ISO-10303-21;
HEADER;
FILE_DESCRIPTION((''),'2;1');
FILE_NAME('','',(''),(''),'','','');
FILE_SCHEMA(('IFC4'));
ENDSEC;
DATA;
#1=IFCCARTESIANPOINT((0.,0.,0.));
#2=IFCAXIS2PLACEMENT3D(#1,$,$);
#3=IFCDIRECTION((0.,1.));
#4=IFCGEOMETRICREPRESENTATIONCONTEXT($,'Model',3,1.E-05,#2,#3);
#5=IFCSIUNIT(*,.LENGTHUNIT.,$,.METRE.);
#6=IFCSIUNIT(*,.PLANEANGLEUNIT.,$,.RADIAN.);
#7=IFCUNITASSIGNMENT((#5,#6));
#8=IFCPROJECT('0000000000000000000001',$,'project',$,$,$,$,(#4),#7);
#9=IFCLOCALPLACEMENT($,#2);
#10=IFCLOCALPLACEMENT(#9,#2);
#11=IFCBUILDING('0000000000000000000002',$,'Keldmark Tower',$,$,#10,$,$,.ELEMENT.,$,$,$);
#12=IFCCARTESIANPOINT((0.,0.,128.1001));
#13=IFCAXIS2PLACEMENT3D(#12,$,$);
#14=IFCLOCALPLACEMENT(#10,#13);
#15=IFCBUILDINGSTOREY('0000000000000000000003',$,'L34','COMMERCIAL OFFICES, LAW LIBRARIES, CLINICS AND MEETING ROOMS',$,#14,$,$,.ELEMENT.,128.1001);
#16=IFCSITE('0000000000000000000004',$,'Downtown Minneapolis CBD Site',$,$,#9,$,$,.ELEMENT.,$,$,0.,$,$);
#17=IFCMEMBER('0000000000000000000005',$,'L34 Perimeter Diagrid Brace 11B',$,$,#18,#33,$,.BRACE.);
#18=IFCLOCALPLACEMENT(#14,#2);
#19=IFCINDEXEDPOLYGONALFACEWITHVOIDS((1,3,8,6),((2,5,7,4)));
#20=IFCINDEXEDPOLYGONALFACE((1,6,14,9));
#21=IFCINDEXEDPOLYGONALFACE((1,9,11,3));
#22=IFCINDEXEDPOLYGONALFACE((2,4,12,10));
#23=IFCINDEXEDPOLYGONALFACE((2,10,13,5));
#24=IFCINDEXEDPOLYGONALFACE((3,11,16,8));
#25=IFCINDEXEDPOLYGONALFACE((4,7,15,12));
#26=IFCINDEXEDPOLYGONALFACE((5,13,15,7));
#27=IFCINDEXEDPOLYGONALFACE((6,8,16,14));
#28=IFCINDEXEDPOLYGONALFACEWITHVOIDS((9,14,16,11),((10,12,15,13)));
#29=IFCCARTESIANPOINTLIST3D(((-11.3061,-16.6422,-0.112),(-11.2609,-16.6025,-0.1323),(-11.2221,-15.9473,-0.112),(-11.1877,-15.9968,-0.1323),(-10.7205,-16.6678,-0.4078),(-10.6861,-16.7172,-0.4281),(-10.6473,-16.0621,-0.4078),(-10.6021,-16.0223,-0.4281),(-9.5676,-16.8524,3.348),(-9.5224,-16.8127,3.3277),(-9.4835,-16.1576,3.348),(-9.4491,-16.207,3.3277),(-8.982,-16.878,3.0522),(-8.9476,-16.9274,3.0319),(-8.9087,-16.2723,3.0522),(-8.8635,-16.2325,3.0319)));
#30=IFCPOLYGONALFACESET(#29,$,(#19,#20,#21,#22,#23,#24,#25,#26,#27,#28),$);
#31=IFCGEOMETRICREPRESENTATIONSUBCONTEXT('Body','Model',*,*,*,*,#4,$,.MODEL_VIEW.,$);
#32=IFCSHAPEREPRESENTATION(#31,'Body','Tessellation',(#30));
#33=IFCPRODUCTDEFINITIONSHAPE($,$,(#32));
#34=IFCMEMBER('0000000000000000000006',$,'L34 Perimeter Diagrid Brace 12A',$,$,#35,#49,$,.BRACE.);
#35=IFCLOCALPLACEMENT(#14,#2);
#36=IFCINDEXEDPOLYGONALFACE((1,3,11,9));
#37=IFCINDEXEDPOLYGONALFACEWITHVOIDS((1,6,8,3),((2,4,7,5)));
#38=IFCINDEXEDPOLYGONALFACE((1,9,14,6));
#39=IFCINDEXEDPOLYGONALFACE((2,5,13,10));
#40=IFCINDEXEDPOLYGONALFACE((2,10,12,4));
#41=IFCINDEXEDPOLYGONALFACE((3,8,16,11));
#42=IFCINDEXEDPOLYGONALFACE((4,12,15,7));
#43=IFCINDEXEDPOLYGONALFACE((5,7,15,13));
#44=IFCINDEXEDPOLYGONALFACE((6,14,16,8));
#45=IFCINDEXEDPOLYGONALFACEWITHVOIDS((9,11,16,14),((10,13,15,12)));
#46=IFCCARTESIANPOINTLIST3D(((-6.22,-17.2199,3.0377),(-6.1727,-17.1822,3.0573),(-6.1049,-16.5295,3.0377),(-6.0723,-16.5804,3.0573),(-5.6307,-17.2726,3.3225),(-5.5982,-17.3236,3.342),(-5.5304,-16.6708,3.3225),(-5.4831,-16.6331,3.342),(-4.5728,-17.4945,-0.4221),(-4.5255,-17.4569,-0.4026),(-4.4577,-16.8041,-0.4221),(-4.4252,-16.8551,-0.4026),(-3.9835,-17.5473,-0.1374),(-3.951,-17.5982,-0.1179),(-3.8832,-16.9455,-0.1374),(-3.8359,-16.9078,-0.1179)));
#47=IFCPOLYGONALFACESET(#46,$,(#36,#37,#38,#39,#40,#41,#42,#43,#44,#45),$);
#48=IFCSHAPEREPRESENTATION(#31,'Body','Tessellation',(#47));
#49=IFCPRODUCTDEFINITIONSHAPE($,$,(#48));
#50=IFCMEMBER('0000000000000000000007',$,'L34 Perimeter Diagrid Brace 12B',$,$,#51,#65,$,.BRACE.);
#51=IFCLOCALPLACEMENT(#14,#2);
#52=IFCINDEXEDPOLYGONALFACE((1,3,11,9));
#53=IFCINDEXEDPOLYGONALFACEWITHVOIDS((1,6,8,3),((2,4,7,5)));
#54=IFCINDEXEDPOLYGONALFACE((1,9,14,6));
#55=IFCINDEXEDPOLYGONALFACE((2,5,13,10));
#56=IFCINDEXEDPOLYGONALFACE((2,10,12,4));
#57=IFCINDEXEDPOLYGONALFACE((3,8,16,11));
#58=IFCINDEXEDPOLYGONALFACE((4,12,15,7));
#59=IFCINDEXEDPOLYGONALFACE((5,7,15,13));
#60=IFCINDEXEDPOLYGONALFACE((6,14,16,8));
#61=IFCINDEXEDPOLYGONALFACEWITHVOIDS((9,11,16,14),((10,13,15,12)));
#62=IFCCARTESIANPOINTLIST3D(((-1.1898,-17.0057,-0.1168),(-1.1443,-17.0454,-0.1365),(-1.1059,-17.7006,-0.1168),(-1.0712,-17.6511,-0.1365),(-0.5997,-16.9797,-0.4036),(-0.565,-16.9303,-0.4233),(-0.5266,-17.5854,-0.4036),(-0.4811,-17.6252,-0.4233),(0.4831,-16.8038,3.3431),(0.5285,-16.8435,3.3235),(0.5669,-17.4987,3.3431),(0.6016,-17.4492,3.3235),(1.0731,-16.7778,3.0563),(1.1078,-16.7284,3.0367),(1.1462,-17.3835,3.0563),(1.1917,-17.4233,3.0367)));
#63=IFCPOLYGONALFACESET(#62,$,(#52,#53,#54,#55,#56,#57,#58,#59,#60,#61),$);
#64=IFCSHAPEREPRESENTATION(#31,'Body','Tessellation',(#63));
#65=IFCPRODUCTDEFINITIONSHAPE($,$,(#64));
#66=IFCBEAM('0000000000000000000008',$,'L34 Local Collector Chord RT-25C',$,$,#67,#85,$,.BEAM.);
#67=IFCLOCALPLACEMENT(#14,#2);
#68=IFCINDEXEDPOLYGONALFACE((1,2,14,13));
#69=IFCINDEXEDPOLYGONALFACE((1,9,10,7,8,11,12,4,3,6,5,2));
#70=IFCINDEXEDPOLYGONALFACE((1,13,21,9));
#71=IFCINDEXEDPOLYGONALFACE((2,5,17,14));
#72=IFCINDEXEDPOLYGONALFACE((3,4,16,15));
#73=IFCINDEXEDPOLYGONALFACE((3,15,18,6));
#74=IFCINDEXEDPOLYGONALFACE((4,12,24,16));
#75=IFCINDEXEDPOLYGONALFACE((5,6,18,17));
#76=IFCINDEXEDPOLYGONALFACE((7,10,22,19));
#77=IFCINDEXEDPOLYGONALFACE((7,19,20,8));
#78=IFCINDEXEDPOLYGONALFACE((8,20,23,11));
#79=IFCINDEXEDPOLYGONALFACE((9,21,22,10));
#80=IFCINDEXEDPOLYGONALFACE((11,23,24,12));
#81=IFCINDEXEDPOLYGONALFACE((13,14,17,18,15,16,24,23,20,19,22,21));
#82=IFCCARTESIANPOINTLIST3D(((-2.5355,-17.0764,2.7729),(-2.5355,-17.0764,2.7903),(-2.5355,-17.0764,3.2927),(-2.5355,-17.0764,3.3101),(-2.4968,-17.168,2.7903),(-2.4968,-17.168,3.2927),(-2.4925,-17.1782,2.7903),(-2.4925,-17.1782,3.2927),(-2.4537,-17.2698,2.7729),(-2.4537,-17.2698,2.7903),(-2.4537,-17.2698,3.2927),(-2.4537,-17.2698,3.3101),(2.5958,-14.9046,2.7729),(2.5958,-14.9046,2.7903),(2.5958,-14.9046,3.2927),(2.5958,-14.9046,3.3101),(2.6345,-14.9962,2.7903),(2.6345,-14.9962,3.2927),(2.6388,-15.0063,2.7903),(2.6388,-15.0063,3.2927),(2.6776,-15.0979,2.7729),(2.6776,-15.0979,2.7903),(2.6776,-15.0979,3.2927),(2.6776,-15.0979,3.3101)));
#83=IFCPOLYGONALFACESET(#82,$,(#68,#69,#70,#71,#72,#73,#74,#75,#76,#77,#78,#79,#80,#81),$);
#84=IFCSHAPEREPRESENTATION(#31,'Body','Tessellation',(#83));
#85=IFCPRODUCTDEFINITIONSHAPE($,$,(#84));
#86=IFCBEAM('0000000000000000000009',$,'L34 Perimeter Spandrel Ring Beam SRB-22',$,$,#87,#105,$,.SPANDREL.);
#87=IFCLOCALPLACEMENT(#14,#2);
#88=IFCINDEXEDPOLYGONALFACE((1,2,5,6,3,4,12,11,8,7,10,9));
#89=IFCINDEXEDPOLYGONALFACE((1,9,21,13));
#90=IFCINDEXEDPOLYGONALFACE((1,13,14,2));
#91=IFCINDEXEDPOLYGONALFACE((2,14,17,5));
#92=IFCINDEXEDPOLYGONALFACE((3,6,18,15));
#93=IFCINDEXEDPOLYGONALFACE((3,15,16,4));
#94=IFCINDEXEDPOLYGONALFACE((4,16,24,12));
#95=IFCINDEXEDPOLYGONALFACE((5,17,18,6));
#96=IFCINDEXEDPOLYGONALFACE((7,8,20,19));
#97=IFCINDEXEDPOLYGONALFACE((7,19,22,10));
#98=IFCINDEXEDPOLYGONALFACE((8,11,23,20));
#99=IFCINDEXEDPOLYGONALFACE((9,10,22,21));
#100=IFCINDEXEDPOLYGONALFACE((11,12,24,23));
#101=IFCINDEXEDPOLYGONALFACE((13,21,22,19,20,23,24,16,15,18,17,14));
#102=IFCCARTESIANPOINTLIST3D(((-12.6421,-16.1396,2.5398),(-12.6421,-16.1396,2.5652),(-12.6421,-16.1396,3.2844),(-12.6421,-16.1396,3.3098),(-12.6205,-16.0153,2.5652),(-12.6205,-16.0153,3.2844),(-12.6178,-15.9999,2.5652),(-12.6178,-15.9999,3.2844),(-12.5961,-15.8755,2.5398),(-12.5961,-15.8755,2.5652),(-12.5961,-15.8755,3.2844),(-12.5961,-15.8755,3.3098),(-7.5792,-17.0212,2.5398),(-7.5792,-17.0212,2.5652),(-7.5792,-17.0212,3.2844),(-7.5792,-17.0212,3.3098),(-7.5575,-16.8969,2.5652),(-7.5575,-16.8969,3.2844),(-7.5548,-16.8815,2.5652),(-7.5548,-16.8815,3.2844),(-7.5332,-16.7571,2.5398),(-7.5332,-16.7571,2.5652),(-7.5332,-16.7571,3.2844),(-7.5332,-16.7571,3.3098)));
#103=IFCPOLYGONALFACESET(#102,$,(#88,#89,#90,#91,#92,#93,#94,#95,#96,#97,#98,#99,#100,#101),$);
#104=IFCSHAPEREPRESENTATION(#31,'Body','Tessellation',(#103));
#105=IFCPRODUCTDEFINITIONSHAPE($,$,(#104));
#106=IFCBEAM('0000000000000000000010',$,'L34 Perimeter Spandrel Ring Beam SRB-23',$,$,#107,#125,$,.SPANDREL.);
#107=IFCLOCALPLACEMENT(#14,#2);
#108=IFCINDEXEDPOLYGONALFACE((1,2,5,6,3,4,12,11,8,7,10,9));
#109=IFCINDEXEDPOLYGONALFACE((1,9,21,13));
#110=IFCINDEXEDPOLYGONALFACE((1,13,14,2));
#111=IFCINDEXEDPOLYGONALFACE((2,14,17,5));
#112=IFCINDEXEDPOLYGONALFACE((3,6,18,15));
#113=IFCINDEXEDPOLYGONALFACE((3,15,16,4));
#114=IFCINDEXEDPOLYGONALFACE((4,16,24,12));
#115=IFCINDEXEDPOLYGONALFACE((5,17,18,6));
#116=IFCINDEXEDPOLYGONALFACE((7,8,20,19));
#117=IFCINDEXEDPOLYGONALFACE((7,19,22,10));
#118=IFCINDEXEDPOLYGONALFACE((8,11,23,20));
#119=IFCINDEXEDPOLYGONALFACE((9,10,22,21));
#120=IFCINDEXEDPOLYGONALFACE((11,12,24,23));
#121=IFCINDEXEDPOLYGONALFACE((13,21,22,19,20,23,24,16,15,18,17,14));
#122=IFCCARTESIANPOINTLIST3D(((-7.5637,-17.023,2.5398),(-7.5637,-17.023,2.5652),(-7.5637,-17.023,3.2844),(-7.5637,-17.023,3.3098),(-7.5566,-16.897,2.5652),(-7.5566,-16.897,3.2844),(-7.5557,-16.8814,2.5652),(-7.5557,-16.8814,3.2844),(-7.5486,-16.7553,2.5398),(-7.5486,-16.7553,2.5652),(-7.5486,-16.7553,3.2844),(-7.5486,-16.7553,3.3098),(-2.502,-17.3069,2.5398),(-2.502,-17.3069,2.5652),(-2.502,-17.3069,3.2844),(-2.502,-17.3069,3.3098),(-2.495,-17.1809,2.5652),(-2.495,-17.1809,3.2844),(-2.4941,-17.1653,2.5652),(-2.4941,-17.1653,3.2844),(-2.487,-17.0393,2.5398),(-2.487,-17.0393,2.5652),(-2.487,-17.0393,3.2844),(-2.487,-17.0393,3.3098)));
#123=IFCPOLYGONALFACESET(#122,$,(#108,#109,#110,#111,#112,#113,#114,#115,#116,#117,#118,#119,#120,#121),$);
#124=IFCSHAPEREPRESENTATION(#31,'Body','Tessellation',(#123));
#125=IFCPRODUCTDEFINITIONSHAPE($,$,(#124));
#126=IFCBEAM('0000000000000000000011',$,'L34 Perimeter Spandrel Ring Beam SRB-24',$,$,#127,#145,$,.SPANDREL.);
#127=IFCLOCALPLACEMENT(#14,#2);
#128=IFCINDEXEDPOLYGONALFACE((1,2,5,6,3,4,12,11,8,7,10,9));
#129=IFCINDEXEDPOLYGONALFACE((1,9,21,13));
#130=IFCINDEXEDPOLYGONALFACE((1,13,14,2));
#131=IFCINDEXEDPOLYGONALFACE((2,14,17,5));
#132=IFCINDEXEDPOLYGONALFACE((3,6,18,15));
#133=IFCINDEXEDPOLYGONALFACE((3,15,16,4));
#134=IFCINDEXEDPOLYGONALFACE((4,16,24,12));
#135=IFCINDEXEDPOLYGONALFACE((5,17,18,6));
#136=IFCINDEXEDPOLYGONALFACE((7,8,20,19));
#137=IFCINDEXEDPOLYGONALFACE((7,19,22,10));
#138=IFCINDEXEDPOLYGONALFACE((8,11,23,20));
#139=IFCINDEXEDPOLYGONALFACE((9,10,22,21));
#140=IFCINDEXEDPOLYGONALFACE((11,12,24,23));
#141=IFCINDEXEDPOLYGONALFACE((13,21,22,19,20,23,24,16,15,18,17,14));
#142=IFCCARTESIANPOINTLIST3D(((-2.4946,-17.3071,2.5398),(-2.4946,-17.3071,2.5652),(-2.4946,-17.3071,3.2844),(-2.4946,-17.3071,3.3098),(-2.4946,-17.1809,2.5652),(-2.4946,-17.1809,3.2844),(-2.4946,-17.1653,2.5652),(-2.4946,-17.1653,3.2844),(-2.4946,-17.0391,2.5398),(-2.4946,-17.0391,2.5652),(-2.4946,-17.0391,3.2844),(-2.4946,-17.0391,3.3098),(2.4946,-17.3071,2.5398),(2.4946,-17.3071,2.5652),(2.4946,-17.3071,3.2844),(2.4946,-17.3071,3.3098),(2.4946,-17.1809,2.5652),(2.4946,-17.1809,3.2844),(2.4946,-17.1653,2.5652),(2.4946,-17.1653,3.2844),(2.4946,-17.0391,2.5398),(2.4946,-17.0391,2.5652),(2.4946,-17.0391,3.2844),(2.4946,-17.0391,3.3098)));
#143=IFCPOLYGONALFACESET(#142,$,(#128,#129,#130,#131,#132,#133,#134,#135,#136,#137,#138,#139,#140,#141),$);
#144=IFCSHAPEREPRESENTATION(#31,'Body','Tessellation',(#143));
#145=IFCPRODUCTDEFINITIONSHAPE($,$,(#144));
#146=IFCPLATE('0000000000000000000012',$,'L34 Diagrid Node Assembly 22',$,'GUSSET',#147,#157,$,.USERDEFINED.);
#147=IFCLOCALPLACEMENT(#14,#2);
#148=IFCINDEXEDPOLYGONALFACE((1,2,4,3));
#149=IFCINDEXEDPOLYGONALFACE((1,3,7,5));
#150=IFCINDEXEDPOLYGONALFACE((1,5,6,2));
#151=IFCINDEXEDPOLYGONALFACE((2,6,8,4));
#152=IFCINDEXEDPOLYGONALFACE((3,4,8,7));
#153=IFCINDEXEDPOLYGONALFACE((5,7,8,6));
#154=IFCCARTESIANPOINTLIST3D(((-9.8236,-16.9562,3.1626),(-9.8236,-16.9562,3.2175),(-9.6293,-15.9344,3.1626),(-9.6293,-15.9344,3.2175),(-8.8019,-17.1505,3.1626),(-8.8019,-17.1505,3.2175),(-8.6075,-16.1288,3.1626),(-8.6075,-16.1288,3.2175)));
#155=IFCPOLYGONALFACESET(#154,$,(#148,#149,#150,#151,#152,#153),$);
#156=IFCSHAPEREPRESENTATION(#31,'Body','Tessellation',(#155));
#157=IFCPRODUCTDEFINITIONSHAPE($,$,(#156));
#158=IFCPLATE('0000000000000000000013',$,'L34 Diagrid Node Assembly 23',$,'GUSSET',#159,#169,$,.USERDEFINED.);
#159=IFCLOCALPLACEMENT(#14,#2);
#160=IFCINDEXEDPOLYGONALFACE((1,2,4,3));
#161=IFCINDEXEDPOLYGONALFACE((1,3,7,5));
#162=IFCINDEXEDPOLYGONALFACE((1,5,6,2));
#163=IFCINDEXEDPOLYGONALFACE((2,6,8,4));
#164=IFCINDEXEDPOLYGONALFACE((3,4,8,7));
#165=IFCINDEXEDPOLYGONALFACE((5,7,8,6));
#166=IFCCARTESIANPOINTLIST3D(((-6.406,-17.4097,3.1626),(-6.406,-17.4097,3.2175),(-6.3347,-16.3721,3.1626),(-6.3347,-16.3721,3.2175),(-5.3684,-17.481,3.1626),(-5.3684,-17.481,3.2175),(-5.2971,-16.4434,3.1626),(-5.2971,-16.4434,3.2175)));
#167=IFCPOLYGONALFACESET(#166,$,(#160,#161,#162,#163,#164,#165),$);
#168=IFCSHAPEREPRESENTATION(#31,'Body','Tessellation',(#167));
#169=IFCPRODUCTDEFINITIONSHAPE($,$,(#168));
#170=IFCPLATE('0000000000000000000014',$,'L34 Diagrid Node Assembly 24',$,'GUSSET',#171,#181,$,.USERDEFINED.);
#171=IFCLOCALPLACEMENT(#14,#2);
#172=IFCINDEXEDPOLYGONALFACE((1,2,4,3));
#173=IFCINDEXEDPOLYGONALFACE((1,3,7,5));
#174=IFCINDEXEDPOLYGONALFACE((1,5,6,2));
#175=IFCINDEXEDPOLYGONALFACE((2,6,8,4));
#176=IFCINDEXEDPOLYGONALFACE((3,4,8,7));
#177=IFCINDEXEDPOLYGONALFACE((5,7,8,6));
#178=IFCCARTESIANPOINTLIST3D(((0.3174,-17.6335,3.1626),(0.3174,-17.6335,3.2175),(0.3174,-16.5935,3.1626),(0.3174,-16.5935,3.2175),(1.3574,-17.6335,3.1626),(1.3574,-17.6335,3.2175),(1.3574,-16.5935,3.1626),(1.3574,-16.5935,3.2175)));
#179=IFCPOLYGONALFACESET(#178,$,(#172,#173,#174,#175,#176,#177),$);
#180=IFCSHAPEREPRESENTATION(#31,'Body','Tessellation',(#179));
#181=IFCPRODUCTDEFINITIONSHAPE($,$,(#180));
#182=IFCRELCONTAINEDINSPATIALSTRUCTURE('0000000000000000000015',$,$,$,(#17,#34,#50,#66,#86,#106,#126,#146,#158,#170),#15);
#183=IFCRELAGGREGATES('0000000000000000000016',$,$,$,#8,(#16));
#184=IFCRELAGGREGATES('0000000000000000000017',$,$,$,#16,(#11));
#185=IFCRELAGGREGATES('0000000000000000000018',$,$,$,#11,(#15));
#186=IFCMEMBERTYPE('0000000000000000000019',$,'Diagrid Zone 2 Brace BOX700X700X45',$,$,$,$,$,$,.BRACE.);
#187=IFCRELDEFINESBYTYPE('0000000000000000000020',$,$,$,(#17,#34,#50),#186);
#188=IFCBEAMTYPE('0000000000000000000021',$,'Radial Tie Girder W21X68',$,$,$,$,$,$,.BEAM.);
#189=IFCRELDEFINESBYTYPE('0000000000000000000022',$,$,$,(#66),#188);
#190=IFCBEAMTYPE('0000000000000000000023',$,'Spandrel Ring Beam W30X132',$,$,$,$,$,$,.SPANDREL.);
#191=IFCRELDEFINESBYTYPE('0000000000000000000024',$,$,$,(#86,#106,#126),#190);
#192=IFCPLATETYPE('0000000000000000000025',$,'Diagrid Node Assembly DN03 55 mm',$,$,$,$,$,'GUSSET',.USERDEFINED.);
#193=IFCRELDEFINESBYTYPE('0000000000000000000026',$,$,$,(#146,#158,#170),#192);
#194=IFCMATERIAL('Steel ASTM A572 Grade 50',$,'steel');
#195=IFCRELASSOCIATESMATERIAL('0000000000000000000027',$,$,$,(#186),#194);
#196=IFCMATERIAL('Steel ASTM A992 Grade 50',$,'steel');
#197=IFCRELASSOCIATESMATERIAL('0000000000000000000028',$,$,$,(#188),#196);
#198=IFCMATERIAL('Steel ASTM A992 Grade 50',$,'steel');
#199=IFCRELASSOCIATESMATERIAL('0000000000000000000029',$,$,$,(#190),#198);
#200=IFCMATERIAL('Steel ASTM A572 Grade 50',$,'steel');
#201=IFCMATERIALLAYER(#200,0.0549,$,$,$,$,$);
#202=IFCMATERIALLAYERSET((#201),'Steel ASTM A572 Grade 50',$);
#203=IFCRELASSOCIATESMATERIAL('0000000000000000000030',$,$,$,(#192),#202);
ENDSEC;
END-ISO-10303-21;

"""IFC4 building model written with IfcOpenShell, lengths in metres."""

from ifc_helpers import new_model, si_unit, direction, frame, origin, origin_2d, place, context, subcontext, project, spatial, rectangle, hollow_rectangle, i_section, extrude, material, layer, layer_set, material_profile, profile_set, type_object, element, save


model = new_model("IFC4")

# Units and contexts
model_context = context("Model", 3, precision=1e-05, world=origin(), true_north=direction((0.0, 1.0)))
body_context = subcontext(model_context, "Body", "Model", "MODEL_VIEW")
ifc_project = project(units=[si_unit("LENGTHUNIT", "METRE"), si_unit("PLANEANGLEUNIT", "RADIAN")], contexts=[model_context])

# Site, building, storey
site_placement = place(None, origin())
site = spatial("IfcSite", under=ifc_project, at=site_placement, Name="Downtown Minneapolis CBD Site", CompositionType="ELEMENT", RefElevation=0.0)
building_placement = place(site_placement, origin())
building = spatial("IfcBuilding", under=site, at=building_placement, Name="Keldmark Tower", CompositionType="ELEMENT")
storey_placement = place(building_placement, frame((0.0, 0.0, 128.1001)))
storey = spatial("IfcBuildingStorey", under=building, at=storey_placement, Name="L34", Description="COMMERCIAL OFFICES, LAW LIBRARIES, CLINICS AND MEETING ROOMS", CompositionType="ELEMENT", Elevation=128.1001)

# Members
ifc_material_1 = material(Name="Steel ASTM A572 Grade 50", Category="steel")
ifc_material_profile_1 = material_profile(ifc_material_1, hollow_rectangle(XDim=0.7, YDim=0.7, WallThickness=0.0449, at=origin_2d()), Name="BOX700X700X45")
ifc_profile_set_1 = profile_set([ifc_material_profile_1], Name="Steel ASTM A572 Grade 50")
member_type = type_object("IfcMemberType", Name="Diagrid Zone 2 Brace BOX700X700X45", PredefinedType="BRACE", material=ifc_profile_set_1)
member_1_placement = place(storey_placement, frame((-10.9541, -16.3323, -0.27), z_axis=(0.448318, -0.054206, 0.892229), x_axis=(0.120036, 0.99277, 0.0)))
element("IfcMember", 1, at=member_1_placement, inside=storey, type_object=member_type, Name="L34 Perimeter Diagrid Brace 11B", PredefinedType="BRACE", context=body_context, shape_type="SweptSolid", body=[
    extrude(hollow_rectangle(XDim=0.7, YDim=0.7, WallThickness=0.0449, at=origin_2d()), origin(), (0.0, 0.0, 1.0), 3.8779),
])
member_2_placement = place(storey_placement, frame((-4.2043, -17.2012, -0.27), z_axis=(-0.428752, 0.07149, 0.900589), x_axis=(-0.16447, -0.986382, 0.0)))
element("IfcMember", 2, at=member_2_placement, inside=storey, type_object=member_type, Name="L34 Perimeter Diagrid Brace 12A", PredefinedType="BRACE", context=body_context, shape_type="SweptSolid", body=[
    extrude(hollow_rectangle(XDim=0.7, YDim=0.7, WallThickness=0.0449, at=origin_2d()), origin(), (0.0, 0.0, 1.0), 3.8418),
])
member_3_placement = place(storey_placement, frame((-0.8354, -17.3154, -0.27), z_axis=(0.434682, 0.052464, 0.899054), x_axis=(-0.119825, 0.992795, 0.0)))
element("IfcMember", 3, at=member_3_placement, inside=storey, type_object=member_type, Name="L34 Perimeter Diagrid Brace 12B", PredefinedType="BRACE", context=body_context, shape_type="SweptSolid", body=[
    extrude(hollow_rectangle(XDim=0.7, YDim=0.7, WallThickness=0.0449, at=origin_2d()), origin(), (0.0, 0.0, 1.0), 3.8484),
])

# Beams
ifc_material_2 = material(Name="Steel ASTM A992 Grade 50", Category="steel")
ifc_material_profile_2 = material_profile(ifc_material_2, i_section(OverallWidth=0.21, OverallDepth=0.5371, WebThickness=0.011, FlangeThickness=0.0173, at=origin_2d()), Name="W21X68")
ifc_profile_set_2 = profile_set([ifc_material_profile_2], Name="Steel ASTM A992 Grade 50")
beam_type_1 = type_object("IfcBeamType", Name="Radial Tie Girder W21X68", PredefinedType="BEAM", material=ifc_profile_set_2)
beam_1_placement = place(storey_placement, frame((-2.4946, -17.1731, 3.0415), z_axis=(0.920908, 0.38978, 0.0), x_axis=(-0.38978, 0.920908, 0.0)))
element("IfcBeam", 4, at=beam_1_placement, inside=storey, type_object=beam_type_1, Name="L34 Local Collector Chord RT-25C", PredefinedType="BEAM", context=body_context, shape_type="SweptSolid", body=[
    extrude(i_section(OverallWidth=0.21, OverallDepth=0.5371, WebThickness=0.011, FlangeThickness=0.0173, at=origin_2d()), origin(), (0.0, 0.0, 1.0), 5.572),
])
ifc_material_3 = material(Name="Steel ASTM A992 Grade 50", Category="steel")
ifc_material_profile_3 = material_profile(ifc_material_3, i_section(OverallWidth=0.2681, OverallDepth=0.77, WebThickness=0.0156, FlangeThickness=0.0254, at=origin_2d()), Name="W30X132")
ifc_profile_set_3 = profile_set([ifc_material_profile_3], Name="Steel ASTM A992 Grade 50")
beam_type_2 = type_object("IfcBeamType", Name="Spandrel Ring Beam W30X132", PredefinedType="SPANDREL", material=ifc_profile_set_3)
beam_2_placement = place(storey_placement, frame((-12.6191, -16.0076, 2.9248), z_axis=(0.985177, -0.171544, 0.0), x_axis=(0.171544, 0.985177, 0.0)))
element("IfcBeam", 5, at=beam_2_placement, inside=storey, type_object=beam_type_2, Name="L34 Perimeter Spandrel Ring Beam SRB-22", PredefinedType="SPANDREL", context=body_context, shape_type="SweptSolid", body=[
    extrude(i_section(OverallWidth=0.2681, OverallDepth=0.77, WebThickness=0.0156, FlangeThickness=0.0254, at=origin_2d()), origin(), (0.0, 0.0, 1.0), 5.1392),
])
beam_3_placement = place(storey_placement, frame((-7.5562, -16.8892, 2.9248), z_axis=(0.99843, -0.056009, 0.0), x_axis=(0.056009, 0.99843, 0.0)))
element("IfcBeam", 6, at=beam_3_placement, inside=storey, type_object=beam_type_2, Name="L34 Perimeter Spandrel Ring Beam SRB-23", PredefinedType="SPANDREL", context=body_context, shape_type="SweptSolid", body=[
    extrude(i_section(OverallWidth=0.2681, OverallDepth=0.77, WebThickness=0.0156, FlangeThickness=0.0254, at=origin_2d()), origin(), (0.0, 0.0, 1.0), 5.0696),
])
beam_4_placement = place(storey_placement, frame((-2.4946, -17.1731, 2.9248), z_axis=(1.0, 0.0, 0.0), x_axis=(0.0, 1.0, 0.0)))
element("IfcBeam", 7, at=beam_4_placement, inside=storey, type_object=beam_type_2, Name="L34 Perimeter Spandrel Ring Beam SRB-24", PredefinedType="SPANDREL", context=body_context, shape_type="SweptSolid", body=[
    extrude(i_section(OverallWidth=0.2681, OverallDepth=0.77, WebThickness=0.0156, FlangeThickness=0.0254, at=origin_2d()), origin(), (0.0, 0.0, 1.0), 4.9893),
])

# Plates
ifc_material_4 = material(Name="Steel ASTM A572 Grade 50", Category="steel")
ifc_layer_1 = layer(ifc_material_4, 0.0549)
ifc_layer_set_1 = layer_set([ifc_layer_1], Name="Steel ASTM A572 Grade 50")
plate_type = type_object("IfcPlateType", Name="Diagrid Node Assembly DN03 55 mm", ElementType="GUSSET", PredefinedType="USERDEFINED", material=ifc_layer_set_1)
for number, where, z_axis, x_axis, name in (
    (8, (-9.2156, -16.5425, 3.1626), (0.0, 0.0, 1.0), (0.982385, -0.186867, 0.0), "L34 Diagrid Node Assembly 22"),
    (9, (-5.8516, -16.9265, 3.1626), (0.0, 0.0, 1.0), (0.997649, -0.068538, 0.0), "L34 Diagrid Node Assembly 23"),
    (10, (0.8374, -17.1135, 3.1626), (0.0, 0.0, 1.0), (1.0, 0.0, 0.0), "L34 Diagrid Node Assembly 24"),
):
    element("IfcPlate", number, at=place(storey_placement, frame(where, z_axis=z_axis, x_axis=x_axis)), inside=storey, type_object=plate_type, Name=name, ObjectType="GUSSET", PredefinedType="USERDEFINED", context=body_context, shape_type="SweptSolid", body=[
        extrude(rectangle(XDim=1.04, YDim=1.04, at=origin_2d()), origin(), (0.0, 0.0, 1.0), 0.0549),
    ])

save(model, "model.ifc")
